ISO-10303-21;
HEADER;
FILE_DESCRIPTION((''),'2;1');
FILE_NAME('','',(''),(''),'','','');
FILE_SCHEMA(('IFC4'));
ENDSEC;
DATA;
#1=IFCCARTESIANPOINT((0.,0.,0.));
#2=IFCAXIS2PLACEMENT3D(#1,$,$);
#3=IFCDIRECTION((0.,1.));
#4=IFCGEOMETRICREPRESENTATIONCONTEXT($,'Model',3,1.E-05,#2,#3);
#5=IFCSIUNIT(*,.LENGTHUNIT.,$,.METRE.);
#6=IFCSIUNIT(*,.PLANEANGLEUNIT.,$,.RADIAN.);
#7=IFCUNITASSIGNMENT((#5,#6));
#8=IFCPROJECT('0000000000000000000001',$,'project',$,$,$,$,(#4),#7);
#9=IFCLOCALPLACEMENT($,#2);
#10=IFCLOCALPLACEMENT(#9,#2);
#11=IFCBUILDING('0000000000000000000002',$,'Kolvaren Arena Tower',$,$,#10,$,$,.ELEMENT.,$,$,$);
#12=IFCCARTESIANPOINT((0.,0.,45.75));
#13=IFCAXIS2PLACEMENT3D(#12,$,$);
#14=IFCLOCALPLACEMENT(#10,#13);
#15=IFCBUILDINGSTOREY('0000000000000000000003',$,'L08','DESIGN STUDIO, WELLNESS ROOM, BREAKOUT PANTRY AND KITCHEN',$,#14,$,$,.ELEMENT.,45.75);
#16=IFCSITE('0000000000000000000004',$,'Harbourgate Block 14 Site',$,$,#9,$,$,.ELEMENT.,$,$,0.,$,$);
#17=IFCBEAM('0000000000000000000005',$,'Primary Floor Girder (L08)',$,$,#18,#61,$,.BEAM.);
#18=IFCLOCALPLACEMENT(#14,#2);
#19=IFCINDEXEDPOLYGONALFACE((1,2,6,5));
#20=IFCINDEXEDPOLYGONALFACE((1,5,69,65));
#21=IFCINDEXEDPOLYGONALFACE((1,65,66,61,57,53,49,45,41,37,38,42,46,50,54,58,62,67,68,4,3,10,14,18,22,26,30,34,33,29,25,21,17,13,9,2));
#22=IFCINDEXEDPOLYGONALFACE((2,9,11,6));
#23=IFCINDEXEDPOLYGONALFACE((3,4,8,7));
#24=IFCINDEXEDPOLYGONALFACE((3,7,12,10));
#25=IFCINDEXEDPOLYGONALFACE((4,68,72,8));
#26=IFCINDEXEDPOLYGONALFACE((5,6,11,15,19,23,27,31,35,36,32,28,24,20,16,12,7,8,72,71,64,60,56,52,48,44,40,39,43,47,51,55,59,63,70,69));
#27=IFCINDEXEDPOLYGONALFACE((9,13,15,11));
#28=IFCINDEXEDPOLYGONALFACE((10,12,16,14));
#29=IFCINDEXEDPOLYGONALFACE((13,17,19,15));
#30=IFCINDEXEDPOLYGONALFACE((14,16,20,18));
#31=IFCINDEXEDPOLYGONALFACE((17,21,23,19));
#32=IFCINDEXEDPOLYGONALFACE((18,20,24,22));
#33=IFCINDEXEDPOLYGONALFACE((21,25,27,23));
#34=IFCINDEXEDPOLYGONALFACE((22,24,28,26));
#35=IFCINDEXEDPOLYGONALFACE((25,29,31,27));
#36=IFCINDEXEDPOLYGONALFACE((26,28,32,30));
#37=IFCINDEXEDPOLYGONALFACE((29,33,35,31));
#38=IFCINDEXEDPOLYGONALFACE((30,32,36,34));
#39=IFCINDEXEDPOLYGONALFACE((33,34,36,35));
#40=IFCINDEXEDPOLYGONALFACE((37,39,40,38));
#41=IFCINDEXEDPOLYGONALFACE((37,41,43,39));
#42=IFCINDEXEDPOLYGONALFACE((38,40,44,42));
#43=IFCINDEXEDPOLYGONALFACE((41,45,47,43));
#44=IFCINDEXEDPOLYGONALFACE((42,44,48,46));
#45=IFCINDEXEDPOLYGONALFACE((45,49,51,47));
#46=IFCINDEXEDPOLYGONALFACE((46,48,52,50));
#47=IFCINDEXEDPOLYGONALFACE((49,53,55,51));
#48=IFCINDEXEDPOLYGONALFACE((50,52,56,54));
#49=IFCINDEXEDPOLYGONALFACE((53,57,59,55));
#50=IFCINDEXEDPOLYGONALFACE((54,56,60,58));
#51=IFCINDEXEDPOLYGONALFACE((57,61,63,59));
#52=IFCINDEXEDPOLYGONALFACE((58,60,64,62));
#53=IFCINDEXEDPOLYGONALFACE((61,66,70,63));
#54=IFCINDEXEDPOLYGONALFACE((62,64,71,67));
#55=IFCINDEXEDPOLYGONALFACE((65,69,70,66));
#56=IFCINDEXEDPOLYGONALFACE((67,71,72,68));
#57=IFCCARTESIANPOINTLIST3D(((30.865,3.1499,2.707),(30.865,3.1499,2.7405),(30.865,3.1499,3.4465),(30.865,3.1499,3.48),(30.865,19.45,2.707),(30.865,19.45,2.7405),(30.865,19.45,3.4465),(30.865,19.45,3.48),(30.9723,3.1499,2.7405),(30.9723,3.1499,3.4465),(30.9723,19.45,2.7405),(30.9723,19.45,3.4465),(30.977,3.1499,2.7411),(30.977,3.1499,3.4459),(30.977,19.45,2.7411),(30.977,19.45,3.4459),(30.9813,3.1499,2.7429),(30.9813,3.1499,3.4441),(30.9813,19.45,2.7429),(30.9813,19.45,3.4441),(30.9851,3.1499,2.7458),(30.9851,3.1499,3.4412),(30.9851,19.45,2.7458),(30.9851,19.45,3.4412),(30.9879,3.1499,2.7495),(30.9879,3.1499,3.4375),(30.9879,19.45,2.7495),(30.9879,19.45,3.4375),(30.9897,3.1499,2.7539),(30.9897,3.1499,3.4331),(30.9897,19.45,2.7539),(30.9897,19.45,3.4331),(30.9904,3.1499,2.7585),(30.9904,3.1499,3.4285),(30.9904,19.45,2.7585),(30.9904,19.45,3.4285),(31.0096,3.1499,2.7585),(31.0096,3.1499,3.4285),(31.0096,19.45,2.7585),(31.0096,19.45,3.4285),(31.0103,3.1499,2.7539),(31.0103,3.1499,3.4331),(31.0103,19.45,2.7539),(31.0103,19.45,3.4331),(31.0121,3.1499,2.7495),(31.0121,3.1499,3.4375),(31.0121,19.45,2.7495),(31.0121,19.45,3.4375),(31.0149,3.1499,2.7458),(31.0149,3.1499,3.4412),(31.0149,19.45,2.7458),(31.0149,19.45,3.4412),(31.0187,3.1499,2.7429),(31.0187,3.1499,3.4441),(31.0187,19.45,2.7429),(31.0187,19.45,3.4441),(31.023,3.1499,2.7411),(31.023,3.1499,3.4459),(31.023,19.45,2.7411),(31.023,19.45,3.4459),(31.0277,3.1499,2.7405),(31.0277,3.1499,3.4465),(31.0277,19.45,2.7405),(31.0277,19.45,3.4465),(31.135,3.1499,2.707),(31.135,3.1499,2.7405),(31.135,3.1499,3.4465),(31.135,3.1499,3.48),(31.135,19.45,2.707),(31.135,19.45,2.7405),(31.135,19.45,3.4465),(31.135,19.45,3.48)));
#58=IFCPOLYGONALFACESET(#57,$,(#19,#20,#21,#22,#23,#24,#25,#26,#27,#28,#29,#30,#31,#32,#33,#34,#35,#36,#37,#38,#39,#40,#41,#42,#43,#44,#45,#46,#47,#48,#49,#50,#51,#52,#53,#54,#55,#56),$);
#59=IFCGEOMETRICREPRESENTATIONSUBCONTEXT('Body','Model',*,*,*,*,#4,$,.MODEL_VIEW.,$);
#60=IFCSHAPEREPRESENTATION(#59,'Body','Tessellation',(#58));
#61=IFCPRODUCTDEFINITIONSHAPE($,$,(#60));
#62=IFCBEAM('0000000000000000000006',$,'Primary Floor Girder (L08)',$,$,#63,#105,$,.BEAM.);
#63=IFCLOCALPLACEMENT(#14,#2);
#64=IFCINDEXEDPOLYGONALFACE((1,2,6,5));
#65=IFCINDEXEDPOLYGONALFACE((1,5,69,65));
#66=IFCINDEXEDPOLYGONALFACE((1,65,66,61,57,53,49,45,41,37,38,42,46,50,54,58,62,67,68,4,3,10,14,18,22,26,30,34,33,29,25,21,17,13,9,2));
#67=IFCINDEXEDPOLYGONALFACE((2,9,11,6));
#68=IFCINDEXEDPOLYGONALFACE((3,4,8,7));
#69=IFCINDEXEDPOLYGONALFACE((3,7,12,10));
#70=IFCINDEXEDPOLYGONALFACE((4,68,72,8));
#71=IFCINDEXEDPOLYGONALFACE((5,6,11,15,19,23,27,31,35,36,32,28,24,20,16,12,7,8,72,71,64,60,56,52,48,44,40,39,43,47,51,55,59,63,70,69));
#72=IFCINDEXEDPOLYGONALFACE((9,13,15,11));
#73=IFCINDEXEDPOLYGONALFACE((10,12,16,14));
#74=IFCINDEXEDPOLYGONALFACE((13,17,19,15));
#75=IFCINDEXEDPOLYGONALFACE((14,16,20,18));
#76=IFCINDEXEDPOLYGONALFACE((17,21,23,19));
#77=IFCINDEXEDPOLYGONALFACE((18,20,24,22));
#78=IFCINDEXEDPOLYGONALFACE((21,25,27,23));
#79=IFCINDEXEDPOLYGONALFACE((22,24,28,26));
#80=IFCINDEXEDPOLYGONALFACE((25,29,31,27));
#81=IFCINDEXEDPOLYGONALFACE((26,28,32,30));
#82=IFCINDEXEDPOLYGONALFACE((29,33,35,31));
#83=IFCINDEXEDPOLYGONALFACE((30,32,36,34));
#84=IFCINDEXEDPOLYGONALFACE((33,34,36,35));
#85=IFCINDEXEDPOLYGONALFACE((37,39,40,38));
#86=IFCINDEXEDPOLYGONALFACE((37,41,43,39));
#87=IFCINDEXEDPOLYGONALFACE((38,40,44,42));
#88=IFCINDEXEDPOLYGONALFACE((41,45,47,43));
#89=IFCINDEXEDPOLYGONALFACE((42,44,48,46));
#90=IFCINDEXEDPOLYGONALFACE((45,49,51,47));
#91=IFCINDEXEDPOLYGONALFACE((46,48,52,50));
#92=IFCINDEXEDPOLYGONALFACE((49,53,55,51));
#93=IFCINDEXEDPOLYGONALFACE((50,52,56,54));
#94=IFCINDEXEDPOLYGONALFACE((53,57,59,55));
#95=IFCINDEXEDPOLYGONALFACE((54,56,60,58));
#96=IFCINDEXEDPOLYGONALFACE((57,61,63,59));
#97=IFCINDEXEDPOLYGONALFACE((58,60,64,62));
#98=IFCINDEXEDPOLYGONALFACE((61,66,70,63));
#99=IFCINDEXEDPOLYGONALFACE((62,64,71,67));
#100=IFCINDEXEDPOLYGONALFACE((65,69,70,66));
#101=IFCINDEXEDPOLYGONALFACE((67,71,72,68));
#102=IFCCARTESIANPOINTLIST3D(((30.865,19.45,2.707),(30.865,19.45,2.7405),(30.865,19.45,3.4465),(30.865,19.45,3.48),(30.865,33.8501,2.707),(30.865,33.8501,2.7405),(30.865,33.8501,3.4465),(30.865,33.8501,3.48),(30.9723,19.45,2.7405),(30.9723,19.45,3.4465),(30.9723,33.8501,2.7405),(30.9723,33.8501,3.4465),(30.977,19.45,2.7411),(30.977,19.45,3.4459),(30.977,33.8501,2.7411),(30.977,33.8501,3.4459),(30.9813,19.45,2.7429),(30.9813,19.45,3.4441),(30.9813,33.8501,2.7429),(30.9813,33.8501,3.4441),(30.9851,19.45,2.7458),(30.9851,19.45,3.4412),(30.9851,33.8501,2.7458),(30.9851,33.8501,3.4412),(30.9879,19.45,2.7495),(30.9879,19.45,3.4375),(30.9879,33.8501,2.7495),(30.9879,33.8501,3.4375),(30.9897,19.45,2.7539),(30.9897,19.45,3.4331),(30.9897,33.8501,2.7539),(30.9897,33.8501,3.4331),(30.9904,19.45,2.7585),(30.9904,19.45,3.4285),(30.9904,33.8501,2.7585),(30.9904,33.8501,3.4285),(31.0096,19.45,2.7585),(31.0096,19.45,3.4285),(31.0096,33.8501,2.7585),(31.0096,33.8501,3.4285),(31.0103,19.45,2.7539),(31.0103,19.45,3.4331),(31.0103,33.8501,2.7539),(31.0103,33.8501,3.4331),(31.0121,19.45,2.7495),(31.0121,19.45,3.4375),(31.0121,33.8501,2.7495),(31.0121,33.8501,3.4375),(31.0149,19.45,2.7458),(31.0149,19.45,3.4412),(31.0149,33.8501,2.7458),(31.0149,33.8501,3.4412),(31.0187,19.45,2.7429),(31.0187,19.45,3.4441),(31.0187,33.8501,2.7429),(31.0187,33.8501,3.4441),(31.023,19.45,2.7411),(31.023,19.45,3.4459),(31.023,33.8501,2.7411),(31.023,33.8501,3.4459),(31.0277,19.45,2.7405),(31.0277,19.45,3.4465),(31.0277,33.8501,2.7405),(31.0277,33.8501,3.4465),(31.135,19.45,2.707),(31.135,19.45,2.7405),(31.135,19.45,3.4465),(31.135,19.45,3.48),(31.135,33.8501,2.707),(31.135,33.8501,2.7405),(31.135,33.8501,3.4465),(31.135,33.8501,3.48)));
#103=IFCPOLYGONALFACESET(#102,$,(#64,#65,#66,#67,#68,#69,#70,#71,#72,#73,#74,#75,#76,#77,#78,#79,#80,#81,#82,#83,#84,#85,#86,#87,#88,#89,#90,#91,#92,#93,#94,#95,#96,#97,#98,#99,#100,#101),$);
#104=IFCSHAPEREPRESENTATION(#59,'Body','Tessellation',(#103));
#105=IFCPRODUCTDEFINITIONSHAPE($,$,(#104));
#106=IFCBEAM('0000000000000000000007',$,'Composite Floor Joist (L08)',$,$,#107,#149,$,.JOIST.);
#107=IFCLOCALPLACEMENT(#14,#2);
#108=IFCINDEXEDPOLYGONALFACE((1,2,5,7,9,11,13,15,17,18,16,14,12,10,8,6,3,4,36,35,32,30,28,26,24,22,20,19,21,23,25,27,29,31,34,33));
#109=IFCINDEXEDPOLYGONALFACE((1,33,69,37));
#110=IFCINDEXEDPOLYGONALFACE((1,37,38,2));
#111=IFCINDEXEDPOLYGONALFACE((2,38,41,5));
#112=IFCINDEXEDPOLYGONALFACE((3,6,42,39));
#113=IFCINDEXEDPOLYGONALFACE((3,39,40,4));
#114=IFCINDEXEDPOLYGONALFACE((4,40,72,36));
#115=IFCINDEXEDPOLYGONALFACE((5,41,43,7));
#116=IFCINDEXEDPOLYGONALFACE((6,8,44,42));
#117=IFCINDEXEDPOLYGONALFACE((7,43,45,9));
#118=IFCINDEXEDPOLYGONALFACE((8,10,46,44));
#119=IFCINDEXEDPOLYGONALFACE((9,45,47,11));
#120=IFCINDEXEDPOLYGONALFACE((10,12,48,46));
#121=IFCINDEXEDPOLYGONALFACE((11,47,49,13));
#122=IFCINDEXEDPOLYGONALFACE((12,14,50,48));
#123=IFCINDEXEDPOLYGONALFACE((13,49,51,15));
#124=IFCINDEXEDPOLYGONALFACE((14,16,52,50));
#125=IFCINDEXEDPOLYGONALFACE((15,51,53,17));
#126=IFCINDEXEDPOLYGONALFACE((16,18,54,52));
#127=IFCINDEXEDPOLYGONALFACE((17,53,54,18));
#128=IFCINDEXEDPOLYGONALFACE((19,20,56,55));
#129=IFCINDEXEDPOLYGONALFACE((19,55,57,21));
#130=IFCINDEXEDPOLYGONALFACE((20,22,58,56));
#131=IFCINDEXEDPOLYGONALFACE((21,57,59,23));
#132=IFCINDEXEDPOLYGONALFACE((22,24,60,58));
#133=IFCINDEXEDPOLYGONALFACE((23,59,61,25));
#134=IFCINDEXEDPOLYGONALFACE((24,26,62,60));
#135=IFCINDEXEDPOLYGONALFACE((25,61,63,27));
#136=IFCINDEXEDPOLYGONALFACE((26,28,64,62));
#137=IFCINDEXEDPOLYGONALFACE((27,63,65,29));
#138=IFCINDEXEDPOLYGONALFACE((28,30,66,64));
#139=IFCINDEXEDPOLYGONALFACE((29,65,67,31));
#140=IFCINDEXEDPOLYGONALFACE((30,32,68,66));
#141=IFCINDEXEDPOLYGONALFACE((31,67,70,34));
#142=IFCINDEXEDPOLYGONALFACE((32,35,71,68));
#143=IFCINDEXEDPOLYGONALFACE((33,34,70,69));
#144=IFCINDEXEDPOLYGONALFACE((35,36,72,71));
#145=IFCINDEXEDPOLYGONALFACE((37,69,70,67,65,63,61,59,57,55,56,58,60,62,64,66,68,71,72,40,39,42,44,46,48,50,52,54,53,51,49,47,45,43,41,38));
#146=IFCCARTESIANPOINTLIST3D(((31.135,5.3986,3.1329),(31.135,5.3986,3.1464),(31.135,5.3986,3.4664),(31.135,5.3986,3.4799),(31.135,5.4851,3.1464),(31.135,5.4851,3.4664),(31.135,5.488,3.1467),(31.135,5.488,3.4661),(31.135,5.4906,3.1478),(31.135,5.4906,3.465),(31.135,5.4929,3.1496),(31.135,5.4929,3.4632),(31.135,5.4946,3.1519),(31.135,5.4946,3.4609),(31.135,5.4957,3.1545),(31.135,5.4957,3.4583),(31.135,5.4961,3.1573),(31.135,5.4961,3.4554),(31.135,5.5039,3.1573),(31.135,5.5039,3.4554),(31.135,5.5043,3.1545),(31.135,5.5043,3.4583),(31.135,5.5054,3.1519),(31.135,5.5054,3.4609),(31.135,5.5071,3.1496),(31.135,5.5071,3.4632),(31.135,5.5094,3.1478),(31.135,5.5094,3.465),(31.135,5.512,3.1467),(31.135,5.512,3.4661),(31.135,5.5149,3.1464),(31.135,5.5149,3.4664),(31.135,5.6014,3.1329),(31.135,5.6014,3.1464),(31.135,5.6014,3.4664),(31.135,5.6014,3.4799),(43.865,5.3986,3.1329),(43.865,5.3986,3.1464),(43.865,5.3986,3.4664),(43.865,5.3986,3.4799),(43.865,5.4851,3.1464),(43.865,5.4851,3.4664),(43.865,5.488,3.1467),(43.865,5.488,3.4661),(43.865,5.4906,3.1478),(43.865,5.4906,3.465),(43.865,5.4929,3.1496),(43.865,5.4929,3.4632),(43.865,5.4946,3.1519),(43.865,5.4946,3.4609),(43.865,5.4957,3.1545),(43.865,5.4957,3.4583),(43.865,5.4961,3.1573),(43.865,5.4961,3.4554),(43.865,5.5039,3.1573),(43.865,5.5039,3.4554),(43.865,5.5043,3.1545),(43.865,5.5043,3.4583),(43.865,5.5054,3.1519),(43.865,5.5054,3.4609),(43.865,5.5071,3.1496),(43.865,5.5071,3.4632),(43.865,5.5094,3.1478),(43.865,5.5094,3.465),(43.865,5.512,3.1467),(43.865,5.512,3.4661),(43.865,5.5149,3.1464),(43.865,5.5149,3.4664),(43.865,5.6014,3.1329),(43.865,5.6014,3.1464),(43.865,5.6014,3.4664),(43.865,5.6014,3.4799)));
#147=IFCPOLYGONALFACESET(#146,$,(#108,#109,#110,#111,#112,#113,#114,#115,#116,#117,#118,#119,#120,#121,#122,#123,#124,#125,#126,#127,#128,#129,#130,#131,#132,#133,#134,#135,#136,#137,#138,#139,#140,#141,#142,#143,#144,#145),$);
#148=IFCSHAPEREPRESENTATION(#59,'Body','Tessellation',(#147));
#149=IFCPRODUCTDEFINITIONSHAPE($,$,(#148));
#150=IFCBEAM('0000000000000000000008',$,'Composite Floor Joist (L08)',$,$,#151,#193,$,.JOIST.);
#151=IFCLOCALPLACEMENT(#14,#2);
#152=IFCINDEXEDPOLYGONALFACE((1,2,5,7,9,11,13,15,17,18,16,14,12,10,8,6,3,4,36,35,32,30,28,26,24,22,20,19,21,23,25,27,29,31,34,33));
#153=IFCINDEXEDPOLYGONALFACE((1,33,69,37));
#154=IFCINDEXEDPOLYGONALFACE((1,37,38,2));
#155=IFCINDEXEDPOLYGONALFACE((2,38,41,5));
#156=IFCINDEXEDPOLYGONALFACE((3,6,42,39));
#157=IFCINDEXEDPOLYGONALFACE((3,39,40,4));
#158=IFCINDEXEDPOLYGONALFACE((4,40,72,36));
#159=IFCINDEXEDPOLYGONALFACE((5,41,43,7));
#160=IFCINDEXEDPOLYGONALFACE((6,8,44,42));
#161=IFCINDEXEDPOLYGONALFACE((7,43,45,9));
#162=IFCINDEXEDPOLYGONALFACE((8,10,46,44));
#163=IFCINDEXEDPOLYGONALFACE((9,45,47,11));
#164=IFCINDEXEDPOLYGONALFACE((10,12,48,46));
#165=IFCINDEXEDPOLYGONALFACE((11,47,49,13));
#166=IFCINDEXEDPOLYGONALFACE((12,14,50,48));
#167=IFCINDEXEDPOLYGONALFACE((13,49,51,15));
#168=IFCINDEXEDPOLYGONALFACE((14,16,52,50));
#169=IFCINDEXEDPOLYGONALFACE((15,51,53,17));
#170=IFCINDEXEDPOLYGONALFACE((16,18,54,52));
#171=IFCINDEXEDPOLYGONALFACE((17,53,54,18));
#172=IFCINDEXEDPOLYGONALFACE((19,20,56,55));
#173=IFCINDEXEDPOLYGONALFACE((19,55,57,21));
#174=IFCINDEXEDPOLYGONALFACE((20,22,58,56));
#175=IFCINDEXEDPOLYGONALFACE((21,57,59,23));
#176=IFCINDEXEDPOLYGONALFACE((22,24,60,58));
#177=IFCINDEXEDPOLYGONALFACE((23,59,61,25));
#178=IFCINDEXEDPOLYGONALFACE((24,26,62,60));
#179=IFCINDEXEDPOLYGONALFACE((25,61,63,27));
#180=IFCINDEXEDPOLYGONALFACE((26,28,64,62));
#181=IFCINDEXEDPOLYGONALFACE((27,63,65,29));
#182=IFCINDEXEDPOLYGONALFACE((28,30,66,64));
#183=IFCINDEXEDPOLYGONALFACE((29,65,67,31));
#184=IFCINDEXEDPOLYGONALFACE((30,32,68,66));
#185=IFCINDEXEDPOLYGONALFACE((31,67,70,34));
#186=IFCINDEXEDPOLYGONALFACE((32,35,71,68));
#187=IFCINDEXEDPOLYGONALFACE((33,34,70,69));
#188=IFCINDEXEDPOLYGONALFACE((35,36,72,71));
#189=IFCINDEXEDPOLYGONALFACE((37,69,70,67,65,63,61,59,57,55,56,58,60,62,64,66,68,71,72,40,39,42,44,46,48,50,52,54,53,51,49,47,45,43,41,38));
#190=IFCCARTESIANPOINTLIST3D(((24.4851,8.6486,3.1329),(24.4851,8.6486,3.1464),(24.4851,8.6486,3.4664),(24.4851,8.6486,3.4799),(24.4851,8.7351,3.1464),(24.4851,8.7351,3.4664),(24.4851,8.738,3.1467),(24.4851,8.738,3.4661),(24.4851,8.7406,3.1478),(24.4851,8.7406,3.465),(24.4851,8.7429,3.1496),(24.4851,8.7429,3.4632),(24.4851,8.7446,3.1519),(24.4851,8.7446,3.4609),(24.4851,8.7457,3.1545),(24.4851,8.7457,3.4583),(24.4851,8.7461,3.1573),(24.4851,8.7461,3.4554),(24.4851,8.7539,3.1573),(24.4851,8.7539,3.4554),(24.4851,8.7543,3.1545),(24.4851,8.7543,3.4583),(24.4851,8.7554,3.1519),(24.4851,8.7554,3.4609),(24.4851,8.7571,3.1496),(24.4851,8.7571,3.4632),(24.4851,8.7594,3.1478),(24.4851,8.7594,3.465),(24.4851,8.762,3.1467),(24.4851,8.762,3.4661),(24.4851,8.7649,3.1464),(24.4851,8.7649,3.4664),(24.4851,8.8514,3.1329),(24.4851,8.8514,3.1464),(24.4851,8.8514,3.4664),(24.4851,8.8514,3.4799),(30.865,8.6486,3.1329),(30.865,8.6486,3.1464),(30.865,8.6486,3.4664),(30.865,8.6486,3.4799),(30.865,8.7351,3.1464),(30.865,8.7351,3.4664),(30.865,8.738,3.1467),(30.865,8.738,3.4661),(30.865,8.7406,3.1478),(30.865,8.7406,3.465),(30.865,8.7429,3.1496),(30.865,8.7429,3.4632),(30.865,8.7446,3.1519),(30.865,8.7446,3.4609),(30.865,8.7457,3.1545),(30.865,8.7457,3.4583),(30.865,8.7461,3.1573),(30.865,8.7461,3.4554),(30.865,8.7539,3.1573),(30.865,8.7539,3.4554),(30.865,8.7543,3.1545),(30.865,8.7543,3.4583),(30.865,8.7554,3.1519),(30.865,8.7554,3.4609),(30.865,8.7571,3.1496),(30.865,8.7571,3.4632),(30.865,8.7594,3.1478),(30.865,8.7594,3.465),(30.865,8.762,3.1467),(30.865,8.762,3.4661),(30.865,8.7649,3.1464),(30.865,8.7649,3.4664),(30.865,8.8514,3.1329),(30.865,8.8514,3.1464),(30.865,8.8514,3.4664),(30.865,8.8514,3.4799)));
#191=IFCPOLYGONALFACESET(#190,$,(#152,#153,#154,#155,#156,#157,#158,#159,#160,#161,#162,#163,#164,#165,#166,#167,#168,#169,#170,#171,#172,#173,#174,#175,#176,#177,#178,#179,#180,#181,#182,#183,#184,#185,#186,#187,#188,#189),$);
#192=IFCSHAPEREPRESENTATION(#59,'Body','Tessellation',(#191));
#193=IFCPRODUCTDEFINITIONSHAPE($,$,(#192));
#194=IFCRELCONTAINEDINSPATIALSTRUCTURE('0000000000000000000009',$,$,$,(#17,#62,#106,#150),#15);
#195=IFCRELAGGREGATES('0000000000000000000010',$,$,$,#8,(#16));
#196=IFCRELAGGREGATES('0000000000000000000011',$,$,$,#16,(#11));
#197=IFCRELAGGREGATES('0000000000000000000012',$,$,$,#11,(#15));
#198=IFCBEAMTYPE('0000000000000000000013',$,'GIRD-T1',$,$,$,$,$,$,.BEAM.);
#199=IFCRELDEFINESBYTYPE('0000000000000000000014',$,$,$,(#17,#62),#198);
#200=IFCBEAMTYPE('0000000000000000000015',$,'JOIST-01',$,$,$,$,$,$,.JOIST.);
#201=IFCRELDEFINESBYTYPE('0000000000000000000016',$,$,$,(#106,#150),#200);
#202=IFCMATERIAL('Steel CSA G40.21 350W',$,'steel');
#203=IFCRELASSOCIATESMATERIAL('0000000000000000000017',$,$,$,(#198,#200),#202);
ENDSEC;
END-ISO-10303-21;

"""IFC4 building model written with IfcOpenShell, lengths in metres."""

from ifc_helpers import new_model, si_unit, direction, frame, origin, origin_2d, place, context, subcontext, project, spatial, i_section, extrude, material, material_profile, profile_set, type_object, element, save


model = new_model("IFC4")

# Units and contexts
model_context = context("Model", 3, precision=1e-05, world=origin(), true_north=direction((0.0, 1.0)))
body_context = subcontext(model_context, "Body", "Model", "MODEL_VIEW")
ifc_project = project(units=[si_unit("LENGTHUNIT", "METRE"), si_unit("PLANEANGLEUNIT", "RADIAN")], contexts=[model_context])

# Site, building, storey
site_placement = place(None, origin())
site = spatial("IfcSite", under=ifc_project, at=site_placement, Name="Harbourgate Block 14 Site", CompositionType="ELEMENT", RefElevation=0.0)
building_placement = place(site_placement, origin())
building = spatial("IfcBuilding", under=site, at=building_placement, Name="Kolvaren Arena Tower", CompositionType="ELEMENT")
storey_placement = place(building_placement, frame((0.0, 0.0, 45.75)))
storey = spatial("IfcBuildingStorey", under=building, at=storey_placement, Name="L08", Description="DESIGN STUDIO, WELLNESS ROOM, BREAKOUT PANTRY AND KITCHEN", CompositionType="ELEMENT", Elevation=45.75)

# Beams
ifc_material_1 = material(Name="Steel CSA G40.21 350W", Category="steel")
ifc_material_profile_1 = material_profile(ifc_material_1, i_section(OverallWidth=0.27, OverallDepth=0.7729, WebThickness=0.0193, FlangeThickness=0.0334, FilletRadius=0.0181, at=origin_2d()), Name="W760x257")
ifc_profile_set_1 = profile_set([ifc_material_profile_1], Name="Steel CSA G40.21 350W")
beam_type_1 = type_object("IfcBeamType", Name="GIRD-T1", PredefinedType="BEAM", material=ifc_profile_set_1)
beam_1_placement = place(storey_placement, frame((31.0, 3.1499, 3.0935), z_axis=(0.0, 1.0, 0.0), x_axis=(-1.0, 0.0, 0.0)))
element("IfcBeam", 1, at=beam_1_placement, inside=storey, type_object=beam_type_1, Name="Primary Floor Girder (L08)", PredefinedType="BEAM", context=body_context, shape_type="SweptSolid", body=[
    extrude(i_section(OverallWidth=0.27, OverallDepth=0.7729, WebThickness=0.0193, FlangeThickness=0.0334, FilletRadius=0.0181, at=origin_2d()), origin(), (0.0, 0.0, 1.0), 16.3),
])
beam_2_placement = place(storey_placement, frame((31.0, 19.45, 3.0935), z_axis=(0.0, 1.0, 0.0), x_axis=(-1.0, 0.0, 0.0)))
element("IfcBeam", 2, at=beam_2_placement, inside=storey, type_object=beam_type_1, Name="Primary Floor Girder (L08)", PredefinedType="BEAM", context=body_context, shape_type="SweptSolid", body=[
    extrude(i_section(OverallWidth=0.27, OverallDepth=0.7729, WebThickness=0.0193, FlangeThickness=0.0334, FilletRadius=0.0181, at=origin_2d()), origin(), (0.0, 0.0, 1.0), 14.4001),
])
ifc_material_profile_2 = material_profile(ifc_material_1, i_section(OverallWidth=0.2029, OverallDepth=0.3469, WebThickness=0.0078, FlangeThickness=0.0134, FilletRadius=0.011, at=origin_2d()), Name="W360x64")
ifc_profile_set_2 = profile_set([ifc_material_profile_2], Name="Steel CSA G40.21 350W")
beam_type_2 = type_object("IfcBeamType", Name="JOIST-01", PredefinedType="JOIST", material=ifc_profile_set_2)
beam_3_placement = place(storey_placement, frame((31.135, 5.5, 3.3064), z_axis=(1.0, 0.0, 0.0), x_axis=(0.0, 1.0, 0.0)))
element("IfcBeam", 3, at=beam_3_placement, inside=storey, type_object=beam_type_2, Name="Composite Floor Joist (L08)", PredefinedType="JOIST", context=body_context, shape_type="SweptSolid", body=[
    extrude(i_section(OverallWidth=0.2029, OverallDepth=0.3469, WebThickness=0.0078, FlangeThickness=0.0134, FilletRadius=0.011, at=origin_2d()), origin(), (0.0, 0.0, 1.0), 12.73),
])
beam_4_placement = place(storey_placement, frame((24.4851, 8.75, 3.3064), z_axis=(1.0, 0.0, 0.0), x_axis=(0.0, 1.0, 0.0)))
element("IfcBeam", 4, at=beam_4_placement, inside=storey, type_object=beam_type_2, Name="Composite Floor Joist (L08)", PredefinedType="JOIST", context=body_context, shape_type="SweptSolid", body=[
    extrude(i_section(OverallWidth=0.2029, OverallDepth=0.3469, WebThickness=0.0078, FlangeThickness=0.0134, FilletRadius=0.011, at=origin_2d()), origin(), (0.0, 0.0, 1.0), 6.3799),
])

save(model, "model.ifc")
